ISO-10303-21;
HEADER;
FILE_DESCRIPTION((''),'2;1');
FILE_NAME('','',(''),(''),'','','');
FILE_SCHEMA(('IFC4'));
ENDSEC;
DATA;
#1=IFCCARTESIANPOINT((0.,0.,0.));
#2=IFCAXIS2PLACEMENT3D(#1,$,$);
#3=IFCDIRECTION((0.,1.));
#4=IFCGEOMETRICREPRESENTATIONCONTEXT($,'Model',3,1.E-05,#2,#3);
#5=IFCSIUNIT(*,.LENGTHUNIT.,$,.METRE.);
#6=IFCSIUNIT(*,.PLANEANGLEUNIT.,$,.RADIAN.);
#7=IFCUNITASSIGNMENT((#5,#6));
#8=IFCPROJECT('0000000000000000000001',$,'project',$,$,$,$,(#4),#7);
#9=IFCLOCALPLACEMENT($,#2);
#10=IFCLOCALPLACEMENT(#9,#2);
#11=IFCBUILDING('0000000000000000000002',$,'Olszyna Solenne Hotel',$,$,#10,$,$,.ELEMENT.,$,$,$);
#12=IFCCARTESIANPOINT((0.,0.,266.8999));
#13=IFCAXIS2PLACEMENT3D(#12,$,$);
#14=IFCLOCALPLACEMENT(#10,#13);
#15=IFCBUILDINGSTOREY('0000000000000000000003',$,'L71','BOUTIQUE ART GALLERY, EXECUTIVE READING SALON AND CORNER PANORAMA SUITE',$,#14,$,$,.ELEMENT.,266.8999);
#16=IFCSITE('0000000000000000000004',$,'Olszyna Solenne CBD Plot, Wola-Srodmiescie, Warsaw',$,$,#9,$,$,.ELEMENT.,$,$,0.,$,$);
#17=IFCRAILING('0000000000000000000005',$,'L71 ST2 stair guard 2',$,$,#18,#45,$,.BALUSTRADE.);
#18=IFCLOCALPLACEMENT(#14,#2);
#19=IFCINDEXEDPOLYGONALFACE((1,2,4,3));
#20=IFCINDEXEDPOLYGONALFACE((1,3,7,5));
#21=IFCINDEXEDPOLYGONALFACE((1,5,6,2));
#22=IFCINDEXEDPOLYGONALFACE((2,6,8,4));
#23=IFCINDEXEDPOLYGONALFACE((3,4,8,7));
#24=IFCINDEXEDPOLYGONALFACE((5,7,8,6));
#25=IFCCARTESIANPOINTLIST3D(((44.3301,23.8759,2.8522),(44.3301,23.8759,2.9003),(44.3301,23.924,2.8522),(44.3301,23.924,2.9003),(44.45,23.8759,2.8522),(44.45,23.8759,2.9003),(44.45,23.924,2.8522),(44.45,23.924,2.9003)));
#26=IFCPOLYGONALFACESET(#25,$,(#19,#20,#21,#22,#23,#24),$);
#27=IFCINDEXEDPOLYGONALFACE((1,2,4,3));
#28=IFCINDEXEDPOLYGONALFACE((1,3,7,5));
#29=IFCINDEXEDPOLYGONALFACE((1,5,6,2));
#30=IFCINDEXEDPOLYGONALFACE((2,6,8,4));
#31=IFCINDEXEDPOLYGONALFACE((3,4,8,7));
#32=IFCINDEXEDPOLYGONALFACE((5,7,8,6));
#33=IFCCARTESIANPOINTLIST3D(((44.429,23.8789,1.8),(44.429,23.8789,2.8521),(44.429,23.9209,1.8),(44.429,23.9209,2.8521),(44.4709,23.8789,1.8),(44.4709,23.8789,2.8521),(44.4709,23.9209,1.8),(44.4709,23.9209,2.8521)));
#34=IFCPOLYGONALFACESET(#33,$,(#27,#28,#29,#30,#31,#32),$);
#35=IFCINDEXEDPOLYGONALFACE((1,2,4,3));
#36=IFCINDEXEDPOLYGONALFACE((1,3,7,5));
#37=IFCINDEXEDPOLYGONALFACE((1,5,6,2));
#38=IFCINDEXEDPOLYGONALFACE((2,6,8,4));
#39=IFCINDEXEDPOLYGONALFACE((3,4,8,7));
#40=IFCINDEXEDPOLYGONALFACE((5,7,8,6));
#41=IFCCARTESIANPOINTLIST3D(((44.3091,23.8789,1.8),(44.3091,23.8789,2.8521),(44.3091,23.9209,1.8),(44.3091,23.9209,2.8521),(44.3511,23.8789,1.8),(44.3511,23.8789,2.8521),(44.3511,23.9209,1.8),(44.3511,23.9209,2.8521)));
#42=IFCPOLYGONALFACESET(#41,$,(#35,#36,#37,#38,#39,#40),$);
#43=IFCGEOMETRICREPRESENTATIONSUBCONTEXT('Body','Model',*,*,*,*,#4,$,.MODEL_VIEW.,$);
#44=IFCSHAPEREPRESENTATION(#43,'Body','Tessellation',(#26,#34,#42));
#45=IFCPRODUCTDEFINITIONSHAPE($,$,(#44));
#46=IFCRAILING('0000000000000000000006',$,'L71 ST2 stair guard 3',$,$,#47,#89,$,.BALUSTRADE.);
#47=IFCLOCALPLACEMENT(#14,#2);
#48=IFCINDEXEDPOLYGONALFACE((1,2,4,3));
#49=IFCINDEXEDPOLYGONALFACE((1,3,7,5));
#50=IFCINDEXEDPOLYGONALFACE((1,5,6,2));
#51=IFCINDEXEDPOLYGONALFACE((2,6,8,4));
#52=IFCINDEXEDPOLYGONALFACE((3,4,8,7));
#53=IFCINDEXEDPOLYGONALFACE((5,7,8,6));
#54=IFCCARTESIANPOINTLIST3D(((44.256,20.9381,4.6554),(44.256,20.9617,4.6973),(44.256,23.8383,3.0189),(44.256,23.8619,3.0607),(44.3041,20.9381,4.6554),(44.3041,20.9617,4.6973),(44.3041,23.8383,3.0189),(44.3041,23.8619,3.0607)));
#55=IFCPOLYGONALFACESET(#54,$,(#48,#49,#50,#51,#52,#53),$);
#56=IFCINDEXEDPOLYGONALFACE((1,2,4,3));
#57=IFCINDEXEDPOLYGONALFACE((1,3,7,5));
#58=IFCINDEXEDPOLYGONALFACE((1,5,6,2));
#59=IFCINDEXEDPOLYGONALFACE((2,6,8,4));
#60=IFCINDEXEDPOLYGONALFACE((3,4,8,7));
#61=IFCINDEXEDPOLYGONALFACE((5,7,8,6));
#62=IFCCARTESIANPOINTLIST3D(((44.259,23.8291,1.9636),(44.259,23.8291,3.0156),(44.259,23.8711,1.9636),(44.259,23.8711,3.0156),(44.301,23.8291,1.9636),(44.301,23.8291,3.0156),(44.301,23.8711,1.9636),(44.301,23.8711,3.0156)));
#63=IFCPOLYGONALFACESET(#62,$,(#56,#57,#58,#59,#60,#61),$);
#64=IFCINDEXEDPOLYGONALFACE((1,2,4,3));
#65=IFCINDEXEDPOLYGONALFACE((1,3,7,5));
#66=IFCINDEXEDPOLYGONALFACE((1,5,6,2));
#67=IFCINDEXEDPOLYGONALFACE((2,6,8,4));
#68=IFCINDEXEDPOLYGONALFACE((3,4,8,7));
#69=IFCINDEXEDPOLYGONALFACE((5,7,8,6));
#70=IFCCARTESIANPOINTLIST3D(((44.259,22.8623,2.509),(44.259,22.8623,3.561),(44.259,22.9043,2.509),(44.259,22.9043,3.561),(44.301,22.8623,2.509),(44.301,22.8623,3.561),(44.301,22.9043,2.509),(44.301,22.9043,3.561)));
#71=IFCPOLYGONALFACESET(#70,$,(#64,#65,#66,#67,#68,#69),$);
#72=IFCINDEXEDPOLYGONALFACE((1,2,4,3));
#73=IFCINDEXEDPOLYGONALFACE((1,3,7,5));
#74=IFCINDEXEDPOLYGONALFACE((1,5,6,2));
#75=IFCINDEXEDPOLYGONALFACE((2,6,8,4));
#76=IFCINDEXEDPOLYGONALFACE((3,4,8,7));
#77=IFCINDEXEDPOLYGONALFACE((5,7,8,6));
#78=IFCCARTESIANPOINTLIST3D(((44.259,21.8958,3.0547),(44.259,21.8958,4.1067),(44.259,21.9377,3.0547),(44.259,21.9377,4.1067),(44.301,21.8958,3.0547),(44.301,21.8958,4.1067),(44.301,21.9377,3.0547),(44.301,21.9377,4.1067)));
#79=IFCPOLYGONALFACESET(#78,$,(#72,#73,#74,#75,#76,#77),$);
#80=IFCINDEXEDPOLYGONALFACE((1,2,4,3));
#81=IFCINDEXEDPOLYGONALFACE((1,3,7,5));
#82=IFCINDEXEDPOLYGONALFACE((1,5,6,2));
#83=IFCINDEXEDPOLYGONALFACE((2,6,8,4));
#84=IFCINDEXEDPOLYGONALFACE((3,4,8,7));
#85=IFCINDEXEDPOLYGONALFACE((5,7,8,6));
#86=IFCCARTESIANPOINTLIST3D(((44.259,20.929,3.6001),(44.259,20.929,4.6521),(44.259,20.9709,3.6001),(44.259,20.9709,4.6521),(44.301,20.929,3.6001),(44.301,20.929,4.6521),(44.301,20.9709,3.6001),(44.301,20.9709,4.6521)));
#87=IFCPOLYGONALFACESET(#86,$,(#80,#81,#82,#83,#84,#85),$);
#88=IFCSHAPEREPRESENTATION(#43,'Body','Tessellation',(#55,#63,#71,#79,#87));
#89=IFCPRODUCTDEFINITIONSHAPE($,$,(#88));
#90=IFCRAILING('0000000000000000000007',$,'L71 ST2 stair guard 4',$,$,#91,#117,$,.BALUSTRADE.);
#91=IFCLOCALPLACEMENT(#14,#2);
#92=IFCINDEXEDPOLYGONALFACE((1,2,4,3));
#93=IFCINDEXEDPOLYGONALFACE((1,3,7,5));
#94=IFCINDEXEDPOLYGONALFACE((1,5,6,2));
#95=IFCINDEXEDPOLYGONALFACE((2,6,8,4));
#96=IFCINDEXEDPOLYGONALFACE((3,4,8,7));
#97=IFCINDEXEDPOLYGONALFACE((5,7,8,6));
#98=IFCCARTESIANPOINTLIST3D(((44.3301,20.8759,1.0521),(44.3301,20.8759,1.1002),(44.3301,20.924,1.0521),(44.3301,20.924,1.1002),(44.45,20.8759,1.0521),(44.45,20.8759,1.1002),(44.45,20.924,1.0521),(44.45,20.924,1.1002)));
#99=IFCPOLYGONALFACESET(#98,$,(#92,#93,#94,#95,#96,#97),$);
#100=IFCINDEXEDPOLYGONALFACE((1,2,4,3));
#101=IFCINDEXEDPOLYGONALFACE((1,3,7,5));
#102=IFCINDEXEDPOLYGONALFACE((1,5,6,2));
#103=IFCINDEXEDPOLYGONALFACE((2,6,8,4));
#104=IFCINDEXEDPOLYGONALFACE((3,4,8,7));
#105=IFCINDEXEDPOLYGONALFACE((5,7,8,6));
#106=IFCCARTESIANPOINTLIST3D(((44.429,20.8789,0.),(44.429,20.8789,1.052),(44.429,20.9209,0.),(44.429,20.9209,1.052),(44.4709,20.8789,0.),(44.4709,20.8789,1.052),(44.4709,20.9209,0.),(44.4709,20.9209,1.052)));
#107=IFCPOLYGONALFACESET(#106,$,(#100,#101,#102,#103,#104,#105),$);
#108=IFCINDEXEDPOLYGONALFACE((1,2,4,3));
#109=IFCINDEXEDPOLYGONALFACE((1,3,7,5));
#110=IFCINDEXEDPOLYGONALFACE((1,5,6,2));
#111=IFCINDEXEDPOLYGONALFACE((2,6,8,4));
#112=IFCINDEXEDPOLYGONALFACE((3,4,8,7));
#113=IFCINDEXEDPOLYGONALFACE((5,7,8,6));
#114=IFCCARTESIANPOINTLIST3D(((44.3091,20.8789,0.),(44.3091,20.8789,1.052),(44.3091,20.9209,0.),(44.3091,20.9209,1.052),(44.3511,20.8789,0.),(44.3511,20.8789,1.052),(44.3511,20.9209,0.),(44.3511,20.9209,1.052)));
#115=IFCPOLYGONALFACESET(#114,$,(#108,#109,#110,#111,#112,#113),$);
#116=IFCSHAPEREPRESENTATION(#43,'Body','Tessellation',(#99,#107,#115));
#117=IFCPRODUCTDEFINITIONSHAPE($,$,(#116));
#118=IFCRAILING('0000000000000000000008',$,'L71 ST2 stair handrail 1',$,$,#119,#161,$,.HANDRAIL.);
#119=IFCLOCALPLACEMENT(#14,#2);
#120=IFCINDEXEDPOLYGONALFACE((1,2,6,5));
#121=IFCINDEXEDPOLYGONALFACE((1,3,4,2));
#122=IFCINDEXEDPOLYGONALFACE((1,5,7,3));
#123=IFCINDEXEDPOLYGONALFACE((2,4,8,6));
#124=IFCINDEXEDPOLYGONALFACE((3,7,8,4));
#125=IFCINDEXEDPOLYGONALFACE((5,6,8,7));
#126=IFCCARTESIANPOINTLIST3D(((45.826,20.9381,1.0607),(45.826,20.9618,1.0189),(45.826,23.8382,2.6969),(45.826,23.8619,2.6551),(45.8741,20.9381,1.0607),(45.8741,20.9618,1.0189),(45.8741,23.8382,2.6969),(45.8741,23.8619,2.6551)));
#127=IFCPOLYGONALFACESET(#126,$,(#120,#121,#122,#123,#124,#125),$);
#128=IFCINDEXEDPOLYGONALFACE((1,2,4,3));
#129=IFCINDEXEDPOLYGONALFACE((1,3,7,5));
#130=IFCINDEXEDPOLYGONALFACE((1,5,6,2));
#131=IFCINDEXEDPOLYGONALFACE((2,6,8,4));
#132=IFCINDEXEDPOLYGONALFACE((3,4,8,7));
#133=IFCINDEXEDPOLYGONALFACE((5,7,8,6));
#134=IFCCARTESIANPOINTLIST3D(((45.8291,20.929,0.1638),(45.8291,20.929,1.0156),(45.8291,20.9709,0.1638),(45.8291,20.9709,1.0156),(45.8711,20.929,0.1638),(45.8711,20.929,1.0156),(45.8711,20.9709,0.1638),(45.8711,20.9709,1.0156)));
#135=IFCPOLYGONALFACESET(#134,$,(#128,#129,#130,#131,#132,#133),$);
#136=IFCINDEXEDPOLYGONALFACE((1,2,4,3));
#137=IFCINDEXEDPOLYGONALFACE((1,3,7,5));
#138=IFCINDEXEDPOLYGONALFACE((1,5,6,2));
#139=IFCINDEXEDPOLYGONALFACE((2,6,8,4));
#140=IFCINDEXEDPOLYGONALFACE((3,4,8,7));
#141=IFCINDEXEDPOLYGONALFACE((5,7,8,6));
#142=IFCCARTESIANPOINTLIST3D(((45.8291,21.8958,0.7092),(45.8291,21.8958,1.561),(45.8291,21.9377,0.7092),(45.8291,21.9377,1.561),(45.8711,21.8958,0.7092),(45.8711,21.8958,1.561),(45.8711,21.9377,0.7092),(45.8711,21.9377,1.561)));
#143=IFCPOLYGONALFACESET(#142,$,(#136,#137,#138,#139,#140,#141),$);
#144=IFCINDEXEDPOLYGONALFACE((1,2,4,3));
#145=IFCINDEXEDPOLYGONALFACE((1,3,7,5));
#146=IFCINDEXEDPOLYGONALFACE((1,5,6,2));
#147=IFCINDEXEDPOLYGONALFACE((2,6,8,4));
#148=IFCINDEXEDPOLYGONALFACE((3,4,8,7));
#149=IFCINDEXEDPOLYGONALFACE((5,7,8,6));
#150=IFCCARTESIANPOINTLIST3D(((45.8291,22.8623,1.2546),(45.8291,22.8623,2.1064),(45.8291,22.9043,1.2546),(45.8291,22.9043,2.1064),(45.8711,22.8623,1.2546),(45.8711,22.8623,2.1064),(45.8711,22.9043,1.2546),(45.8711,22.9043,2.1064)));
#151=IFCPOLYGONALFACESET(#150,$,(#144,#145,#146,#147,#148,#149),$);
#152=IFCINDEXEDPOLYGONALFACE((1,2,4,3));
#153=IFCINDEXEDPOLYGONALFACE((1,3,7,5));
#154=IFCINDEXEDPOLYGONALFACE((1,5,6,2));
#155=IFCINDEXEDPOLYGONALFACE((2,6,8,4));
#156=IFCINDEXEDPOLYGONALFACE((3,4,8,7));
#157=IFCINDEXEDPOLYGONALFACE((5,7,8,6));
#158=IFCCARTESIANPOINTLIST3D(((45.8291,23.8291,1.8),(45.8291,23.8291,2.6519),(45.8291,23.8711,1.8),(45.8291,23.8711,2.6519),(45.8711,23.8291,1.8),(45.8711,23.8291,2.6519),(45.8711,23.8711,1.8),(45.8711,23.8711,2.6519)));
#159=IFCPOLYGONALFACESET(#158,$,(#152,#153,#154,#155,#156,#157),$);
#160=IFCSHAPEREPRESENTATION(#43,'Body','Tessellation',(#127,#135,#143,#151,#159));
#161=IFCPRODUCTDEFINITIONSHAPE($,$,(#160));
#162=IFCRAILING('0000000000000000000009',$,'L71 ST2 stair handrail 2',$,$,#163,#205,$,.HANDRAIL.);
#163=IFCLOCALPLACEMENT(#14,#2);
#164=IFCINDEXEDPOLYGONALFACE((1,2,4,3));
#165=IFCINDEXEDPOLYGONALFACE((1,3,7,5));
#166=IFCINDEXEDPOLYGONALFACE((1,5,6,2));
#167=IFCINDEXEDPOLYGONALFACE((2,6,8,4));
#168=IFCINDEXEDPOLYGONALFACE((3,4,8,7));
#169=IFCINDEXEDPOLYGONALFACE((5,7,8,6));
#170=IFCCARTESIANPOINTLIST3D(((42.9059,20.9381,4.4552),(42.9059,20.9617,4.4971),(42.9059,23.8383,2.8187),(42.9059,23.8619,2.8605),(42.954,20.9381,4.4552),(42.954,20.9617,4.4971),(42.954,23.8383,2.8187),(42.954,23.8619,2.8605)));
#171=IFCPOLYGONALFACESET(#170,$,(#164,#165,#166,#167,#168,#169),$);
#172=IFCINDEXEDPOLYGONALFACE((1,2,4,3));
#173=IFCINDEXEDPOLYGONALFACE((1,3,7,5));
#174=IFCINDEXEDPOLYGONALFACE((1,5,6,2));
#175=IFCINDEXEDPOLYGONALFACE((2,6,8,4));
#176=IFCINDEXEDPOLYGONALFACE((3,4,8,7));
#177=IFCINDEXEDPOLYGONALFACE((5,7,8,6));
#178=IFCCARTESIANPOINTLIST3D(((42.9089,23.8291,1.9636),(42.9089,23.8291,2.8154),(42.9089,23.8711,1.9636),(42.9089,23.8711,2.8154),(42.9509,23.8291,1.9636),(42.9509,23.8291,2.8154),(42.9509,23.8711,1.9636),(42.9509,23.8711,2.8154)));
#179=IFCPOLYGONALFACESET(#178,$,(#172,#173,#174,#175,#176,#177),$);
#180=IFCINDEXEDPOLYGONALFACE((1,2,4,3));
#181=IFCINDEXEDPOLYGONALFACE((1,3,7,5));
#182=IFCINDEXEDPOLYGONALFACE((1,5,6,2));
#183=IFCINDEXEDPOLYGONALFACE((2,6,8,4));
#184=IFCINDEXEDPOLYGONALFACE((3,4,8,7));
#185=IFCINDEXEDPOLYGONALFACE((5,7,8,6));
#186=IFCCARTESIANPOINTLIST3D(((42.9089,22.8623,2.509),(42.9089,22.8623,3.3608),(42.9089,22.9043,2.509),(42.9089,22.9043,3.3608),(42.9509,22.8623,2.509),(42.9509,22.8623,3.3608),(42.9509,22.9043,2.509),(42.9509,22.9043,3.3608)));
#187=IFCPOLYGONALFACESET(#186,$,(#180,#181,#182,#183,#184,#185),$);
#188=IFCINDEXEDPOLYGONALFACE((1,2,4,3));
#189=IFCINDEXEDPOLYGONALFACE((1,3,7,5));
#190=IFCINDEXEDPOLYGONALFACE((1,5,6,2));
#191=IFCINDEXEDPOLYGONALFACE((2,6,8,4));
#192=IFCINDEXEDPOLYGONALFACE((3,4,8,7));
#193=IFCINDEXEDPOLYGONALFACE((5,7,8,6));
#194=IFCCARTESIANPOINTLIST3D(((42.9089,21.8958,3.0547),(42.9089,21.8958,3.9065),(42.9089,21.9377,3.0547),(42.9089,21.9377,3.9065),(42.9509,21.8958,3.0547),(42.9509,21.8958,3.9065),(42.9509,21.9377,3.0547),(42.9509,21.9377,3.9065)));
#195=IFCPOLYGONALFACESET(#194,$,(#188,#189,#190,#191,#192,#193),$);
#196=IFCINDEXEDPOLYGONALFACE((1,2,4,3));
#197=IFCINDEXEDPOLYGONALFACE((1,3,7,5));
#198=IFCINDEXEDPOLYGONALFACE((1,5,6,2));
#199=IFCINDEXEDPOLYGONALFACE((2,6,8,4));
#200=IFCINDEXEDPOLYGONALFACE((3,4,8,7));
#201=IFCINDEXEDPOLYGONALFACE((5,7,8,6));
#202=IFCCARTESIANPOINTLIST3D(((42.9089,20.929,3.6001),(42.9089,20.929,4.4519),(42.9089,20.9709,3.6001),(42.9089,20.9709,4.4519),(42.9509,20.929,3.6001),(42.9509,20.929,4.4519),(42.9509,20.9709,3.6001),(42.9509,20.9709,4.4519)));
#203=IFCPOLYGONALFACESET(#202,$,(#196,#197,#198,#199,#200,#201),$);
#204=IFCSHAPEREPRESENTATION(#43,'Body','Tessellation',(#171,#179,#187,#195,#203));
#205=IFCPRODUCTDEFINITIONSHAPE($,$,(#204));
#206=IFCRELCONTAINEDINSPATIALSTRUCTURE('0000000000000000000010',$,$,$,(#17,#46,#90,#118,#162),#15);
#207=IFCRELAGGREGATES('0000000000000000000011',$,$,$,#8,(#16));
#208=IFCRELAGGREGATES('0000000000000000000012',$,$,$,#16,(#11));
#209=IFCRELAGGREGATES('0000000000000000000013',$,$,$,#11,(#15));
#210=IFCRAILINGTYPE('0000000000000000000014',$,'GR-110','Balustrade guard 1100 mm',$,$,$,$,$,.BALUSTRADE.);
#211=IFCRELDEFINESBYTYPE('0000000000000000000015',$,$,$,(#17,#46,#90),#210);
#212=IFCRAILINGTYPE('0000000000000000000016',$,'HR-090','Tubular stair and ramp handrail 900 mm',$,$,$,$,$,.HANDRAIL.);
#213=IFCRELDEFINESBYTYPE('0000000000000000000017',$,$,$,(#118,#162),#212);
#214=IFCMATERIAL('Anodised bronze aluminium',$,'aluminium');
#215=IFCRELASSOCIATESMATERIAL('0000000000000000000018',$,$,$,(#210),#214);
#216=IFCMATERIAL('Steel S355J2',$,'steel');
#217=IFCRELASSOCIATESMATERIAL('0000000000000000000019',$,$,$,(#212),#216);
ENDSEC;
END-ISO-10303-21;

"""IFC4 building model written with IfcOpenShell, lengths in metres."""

from ifc_helpers import new_model, si_unit, direction, frame, origin, origin_2d, place, context, subcontext, project, spatial, rectangle, extrude, material, type_object, element, save


model = new_model("IFC4")

# Units and contexts
model_context = context("Model", 3, precision=1e-05, world=origin(), true_north=direction((0.0, 1.0)))
body_context = subcontext(model_context, "Body", "Model", "MODEL_VIEW")
ifc_project = project(units=[si_unit("LENGTHUNIT", "METRE"), si_unit("PLANEANGLEUNIT", "RADIAN")], contexts=[model_context])

# Site, building, storey
site_placement = place(None, origin())
site = spatial("IfcSite", under=ifc_project, at=site_placement, Name="Olszyna Solenne CBD Plot, Wola-Srodmiescie, Warsaw", CompositionType="ELEMENT", RefElevation=0.0)
building_placement = place(site_placement, origin())
building = spatial("IfcBuilding", under=site, at=building_placement, Name="Olszyna Solenne Hotel", CompositionType="ELEMENT")
storey_placement = place(building_placement, frame((0.0, 0.0, 266.8999)))
storey = spatial("IfcBuildingStorey", under=building, at=storey_placement, Name="L71", Description="BOUTIQUE ART GALLERY, EXECUTIVE READING SALON AND CORNER PANORAMA SUITE", CompositionType="ELEMENT", Elevation=266.8999)

# Shared definitions
ifc_material_1 = material(Name="Steel S355J2", Category="steel")

# Shared definitions
ifc_material_2 = material(Name="Anodised bronze aluminium", Category="aluminium")

# Railings
railing_type_1 = type_object("IfcRailingType", Name="GR-110", Description="Balustrade guard 1100 mm", PredefinedType="BALUSTRADE", material=ifc_material_2)
railing_1_placement = place(storey_placement, frame((44.45, 23.8999, 1.8)))
element("IfcRailing", 1, at=railing_1_placement, inside=storey, type_object=railing_type_1, Name="L71 ST2 stair guard 2", PredefinedType="BALUSTRADE", context=body_context, shape_type="SweptSolid", body=[
    extrude(rectangle(XDim=0.0481, YDim=0.0481, at=origin_2d()), frame((0.0, 0.0, 1.0762), z_axis=(-1.0, 0.0, 0.0), x_axis=(0.0, -1.0, 0.0)), (0.0, 0.0, 1.0), 0.1199),
    extrude(rectangle(XDim=0.042, YDim=0.042, at=origin_2d()), origin(), (0.0, 0.0, 1.0), 1.052),
    extrude(rectangle(XDim=0.042, YDim=0.042, at=origin_2d()), frame((-0.1199, 0.0, 0.0)), (0.0, 0.0, 1.0), 1.052),
])
railing_2_placement = place(storey_placement, frame((44.28, 23.8501, 1.9636)))
element("IfcRailing", 2, at=railing_2_placement, inside=storey, type_object=railing_type_1, Name="L71 ST2 stair guard 3", PredefinedType="BALUSTRADE", context=body_context, shape_type="SweptSolid", body=[
    extrude(rectangle(XDim=0.0481, YDim=0.0481, at=origin_2d()), frame((0.0, 0.0, 1.0762), z_axis=(0.0, -0.870915, 0.491434), x_axis=(1.0, 0.0, 0.0)), (0.0, 0.0, 1.0), 3.3301),
    extrude(rectangle(XDim=0.042, YDim=0.042, at=origin_2d()), origin(), (0.0, 0.0, 1.0), 1.052),
    extrude(rectangle(XDim=0.042, YDim=0.042, at=origin_2d()), frame((0.0, -0.9668, 0.5454)), (0.0, 0.0, 1.0), 1.052),
    extrude(rectangle(XDim=0.042, YDim=0.042, at=origin_2d()), frame((0.0, -1.9333, 1.0911)), (0.0, 0.0, 1.0), 1.052),
    extrude(rectangle(XDim=0.042, YDim=0.042, at=origin_2d()), frame((0.0, -2.9001, 1.6365)), (0.0, 0.0, 1.0), 1.052),
])
railing_3_placement = place(storey_placement, frame((44.45, 20.8999, 0.0)))
element("IfcRailing", 3, at=railing_3_placement, inside=storey, type_object=railing_type_1, Name="L71 ST2 stair guard 4", PredefinedType="BALUSTRADE", context=body_context, shape_type="SweptSolid", body=[
    extrude(rectangle(XDim=0.0481, YDim=0.0481, at=origin_2d()), frame((0.0, 0.0, 1.0762), z_axis=(-1.0, 0.0, 0.0), x_axis=(0.0, -1.0, 0.0)), (0.0, 0.0, 1.0), 0.1199),
    extrude(rectangle(XDim=0.042, YDim=0.042, at=origin_2d()), origin(), (0.0, 0.0, 1.0), 1.052),
    extrude(rectangle(XDim=0.042, YDim=0.042, at=origin_2d()), frame((-0.1199, 0.0, 0.0)), (0.0, 0.0, 1.0), 1.052),
])
railing_type_2 = type_object("IfcRailingType", Name="HR-090", Description="Tubular stair and ramp handrail 900 mm", PredefinedType="HANDRAIL", material=ifc_material_1)
railing_4_placement = place(storey_placement, frame((45.8501, 20.95, 0.1638)))
element("IfcRailing", 4, at=railing_4_placement, inside=storey, type_object=railing_type_2, Name="L71 ST2 stair handrail 1", PredefinedType="HANDRAIL", context=body_context, shape_type="SweptSolid", body=[
    extrude(rectangle(XDim=0.0481, YDim=0.0481, at=origin_2d()), frame((0.0, 0.0, 0.876), z_axis=(0.0, 0.870946, 0.491378), x_axis=(-1.0, 0.0, 0.0)), (0.0, 0.0, 1.0), 3.3298),
    extrude(rectangle(XDim=0.042, YDim=0.042, at=origin_2d()), origin(), (0.0, 0.0, 1.0), 0.8518),
    extrude(rectangle(XDim=0.042, YDim=0.042, at=origin_2d()), frame((0.0, 0.9668, 0.5454)), (0.0, 0.0, 1.0), 0.8518),
    extrude(rectangle(XDim=0.042, YDim=0.042, at=origin_2d()), frame((0.0, 1.9333, 1.0908)), (0.0, 0.0, 1.0), 0.8518),
    extrude(rectangle(XDim=0.042, YDim=0.042, at=origin_2d()), frame((0.0, 2.9001, 1.6362)), (0.0, 0.0, 1.0), 0.8518),
])
railing_5_placement = place(storey_placement, frame((42.9299, 23.8501, 1.9636)))
element("IfcRailing", 5, at=railing_5_placement, inside=storey, type_object=railing_type_2, Name="L71 ST2 stair handrail 2", PredefinedType="HANDRAIL", context=body_context, shape_type="SweptSolid", body=[
    extrude(rectangle(XDim=0.0481, YDim=0.0481, at=origin_2d()), frame((0.0, 0.0, 0.876), z_axis=(0.0, -0.870915, 0.491434), x_axis=(1.0, 0.0, 0.0)), (0.0, 0.0, 1.0), 3.3301),
    extrude(rectangle(XDim=0.042, YDim=0.042, at=origin_2d()), origin(), (0.0, 0.0, 1.0), 0.8518),
    extrude(rectangle(XDim=0.042, YDim=0.042, at=origin_2d()), frame((0.0, -0.9668, 0.5454)), (0.0, 0.0, 1.0), 0.8518),
    extrude(rectangle(XDim=0.042, YDim=0.042, at=origin_2d()), frame((0.0, -1.9333, 1.0911)), (0.0, 0.0, 1.0), 0.8518),
    extrude(rectangle(XDim=0.042, YDim=0.042, at=origin_2d()), frame((0.0, -2.9001, 1.6365)), (0.0, 0.0, 1.0), 0.8518),
])

save(model, "model.ifc")
